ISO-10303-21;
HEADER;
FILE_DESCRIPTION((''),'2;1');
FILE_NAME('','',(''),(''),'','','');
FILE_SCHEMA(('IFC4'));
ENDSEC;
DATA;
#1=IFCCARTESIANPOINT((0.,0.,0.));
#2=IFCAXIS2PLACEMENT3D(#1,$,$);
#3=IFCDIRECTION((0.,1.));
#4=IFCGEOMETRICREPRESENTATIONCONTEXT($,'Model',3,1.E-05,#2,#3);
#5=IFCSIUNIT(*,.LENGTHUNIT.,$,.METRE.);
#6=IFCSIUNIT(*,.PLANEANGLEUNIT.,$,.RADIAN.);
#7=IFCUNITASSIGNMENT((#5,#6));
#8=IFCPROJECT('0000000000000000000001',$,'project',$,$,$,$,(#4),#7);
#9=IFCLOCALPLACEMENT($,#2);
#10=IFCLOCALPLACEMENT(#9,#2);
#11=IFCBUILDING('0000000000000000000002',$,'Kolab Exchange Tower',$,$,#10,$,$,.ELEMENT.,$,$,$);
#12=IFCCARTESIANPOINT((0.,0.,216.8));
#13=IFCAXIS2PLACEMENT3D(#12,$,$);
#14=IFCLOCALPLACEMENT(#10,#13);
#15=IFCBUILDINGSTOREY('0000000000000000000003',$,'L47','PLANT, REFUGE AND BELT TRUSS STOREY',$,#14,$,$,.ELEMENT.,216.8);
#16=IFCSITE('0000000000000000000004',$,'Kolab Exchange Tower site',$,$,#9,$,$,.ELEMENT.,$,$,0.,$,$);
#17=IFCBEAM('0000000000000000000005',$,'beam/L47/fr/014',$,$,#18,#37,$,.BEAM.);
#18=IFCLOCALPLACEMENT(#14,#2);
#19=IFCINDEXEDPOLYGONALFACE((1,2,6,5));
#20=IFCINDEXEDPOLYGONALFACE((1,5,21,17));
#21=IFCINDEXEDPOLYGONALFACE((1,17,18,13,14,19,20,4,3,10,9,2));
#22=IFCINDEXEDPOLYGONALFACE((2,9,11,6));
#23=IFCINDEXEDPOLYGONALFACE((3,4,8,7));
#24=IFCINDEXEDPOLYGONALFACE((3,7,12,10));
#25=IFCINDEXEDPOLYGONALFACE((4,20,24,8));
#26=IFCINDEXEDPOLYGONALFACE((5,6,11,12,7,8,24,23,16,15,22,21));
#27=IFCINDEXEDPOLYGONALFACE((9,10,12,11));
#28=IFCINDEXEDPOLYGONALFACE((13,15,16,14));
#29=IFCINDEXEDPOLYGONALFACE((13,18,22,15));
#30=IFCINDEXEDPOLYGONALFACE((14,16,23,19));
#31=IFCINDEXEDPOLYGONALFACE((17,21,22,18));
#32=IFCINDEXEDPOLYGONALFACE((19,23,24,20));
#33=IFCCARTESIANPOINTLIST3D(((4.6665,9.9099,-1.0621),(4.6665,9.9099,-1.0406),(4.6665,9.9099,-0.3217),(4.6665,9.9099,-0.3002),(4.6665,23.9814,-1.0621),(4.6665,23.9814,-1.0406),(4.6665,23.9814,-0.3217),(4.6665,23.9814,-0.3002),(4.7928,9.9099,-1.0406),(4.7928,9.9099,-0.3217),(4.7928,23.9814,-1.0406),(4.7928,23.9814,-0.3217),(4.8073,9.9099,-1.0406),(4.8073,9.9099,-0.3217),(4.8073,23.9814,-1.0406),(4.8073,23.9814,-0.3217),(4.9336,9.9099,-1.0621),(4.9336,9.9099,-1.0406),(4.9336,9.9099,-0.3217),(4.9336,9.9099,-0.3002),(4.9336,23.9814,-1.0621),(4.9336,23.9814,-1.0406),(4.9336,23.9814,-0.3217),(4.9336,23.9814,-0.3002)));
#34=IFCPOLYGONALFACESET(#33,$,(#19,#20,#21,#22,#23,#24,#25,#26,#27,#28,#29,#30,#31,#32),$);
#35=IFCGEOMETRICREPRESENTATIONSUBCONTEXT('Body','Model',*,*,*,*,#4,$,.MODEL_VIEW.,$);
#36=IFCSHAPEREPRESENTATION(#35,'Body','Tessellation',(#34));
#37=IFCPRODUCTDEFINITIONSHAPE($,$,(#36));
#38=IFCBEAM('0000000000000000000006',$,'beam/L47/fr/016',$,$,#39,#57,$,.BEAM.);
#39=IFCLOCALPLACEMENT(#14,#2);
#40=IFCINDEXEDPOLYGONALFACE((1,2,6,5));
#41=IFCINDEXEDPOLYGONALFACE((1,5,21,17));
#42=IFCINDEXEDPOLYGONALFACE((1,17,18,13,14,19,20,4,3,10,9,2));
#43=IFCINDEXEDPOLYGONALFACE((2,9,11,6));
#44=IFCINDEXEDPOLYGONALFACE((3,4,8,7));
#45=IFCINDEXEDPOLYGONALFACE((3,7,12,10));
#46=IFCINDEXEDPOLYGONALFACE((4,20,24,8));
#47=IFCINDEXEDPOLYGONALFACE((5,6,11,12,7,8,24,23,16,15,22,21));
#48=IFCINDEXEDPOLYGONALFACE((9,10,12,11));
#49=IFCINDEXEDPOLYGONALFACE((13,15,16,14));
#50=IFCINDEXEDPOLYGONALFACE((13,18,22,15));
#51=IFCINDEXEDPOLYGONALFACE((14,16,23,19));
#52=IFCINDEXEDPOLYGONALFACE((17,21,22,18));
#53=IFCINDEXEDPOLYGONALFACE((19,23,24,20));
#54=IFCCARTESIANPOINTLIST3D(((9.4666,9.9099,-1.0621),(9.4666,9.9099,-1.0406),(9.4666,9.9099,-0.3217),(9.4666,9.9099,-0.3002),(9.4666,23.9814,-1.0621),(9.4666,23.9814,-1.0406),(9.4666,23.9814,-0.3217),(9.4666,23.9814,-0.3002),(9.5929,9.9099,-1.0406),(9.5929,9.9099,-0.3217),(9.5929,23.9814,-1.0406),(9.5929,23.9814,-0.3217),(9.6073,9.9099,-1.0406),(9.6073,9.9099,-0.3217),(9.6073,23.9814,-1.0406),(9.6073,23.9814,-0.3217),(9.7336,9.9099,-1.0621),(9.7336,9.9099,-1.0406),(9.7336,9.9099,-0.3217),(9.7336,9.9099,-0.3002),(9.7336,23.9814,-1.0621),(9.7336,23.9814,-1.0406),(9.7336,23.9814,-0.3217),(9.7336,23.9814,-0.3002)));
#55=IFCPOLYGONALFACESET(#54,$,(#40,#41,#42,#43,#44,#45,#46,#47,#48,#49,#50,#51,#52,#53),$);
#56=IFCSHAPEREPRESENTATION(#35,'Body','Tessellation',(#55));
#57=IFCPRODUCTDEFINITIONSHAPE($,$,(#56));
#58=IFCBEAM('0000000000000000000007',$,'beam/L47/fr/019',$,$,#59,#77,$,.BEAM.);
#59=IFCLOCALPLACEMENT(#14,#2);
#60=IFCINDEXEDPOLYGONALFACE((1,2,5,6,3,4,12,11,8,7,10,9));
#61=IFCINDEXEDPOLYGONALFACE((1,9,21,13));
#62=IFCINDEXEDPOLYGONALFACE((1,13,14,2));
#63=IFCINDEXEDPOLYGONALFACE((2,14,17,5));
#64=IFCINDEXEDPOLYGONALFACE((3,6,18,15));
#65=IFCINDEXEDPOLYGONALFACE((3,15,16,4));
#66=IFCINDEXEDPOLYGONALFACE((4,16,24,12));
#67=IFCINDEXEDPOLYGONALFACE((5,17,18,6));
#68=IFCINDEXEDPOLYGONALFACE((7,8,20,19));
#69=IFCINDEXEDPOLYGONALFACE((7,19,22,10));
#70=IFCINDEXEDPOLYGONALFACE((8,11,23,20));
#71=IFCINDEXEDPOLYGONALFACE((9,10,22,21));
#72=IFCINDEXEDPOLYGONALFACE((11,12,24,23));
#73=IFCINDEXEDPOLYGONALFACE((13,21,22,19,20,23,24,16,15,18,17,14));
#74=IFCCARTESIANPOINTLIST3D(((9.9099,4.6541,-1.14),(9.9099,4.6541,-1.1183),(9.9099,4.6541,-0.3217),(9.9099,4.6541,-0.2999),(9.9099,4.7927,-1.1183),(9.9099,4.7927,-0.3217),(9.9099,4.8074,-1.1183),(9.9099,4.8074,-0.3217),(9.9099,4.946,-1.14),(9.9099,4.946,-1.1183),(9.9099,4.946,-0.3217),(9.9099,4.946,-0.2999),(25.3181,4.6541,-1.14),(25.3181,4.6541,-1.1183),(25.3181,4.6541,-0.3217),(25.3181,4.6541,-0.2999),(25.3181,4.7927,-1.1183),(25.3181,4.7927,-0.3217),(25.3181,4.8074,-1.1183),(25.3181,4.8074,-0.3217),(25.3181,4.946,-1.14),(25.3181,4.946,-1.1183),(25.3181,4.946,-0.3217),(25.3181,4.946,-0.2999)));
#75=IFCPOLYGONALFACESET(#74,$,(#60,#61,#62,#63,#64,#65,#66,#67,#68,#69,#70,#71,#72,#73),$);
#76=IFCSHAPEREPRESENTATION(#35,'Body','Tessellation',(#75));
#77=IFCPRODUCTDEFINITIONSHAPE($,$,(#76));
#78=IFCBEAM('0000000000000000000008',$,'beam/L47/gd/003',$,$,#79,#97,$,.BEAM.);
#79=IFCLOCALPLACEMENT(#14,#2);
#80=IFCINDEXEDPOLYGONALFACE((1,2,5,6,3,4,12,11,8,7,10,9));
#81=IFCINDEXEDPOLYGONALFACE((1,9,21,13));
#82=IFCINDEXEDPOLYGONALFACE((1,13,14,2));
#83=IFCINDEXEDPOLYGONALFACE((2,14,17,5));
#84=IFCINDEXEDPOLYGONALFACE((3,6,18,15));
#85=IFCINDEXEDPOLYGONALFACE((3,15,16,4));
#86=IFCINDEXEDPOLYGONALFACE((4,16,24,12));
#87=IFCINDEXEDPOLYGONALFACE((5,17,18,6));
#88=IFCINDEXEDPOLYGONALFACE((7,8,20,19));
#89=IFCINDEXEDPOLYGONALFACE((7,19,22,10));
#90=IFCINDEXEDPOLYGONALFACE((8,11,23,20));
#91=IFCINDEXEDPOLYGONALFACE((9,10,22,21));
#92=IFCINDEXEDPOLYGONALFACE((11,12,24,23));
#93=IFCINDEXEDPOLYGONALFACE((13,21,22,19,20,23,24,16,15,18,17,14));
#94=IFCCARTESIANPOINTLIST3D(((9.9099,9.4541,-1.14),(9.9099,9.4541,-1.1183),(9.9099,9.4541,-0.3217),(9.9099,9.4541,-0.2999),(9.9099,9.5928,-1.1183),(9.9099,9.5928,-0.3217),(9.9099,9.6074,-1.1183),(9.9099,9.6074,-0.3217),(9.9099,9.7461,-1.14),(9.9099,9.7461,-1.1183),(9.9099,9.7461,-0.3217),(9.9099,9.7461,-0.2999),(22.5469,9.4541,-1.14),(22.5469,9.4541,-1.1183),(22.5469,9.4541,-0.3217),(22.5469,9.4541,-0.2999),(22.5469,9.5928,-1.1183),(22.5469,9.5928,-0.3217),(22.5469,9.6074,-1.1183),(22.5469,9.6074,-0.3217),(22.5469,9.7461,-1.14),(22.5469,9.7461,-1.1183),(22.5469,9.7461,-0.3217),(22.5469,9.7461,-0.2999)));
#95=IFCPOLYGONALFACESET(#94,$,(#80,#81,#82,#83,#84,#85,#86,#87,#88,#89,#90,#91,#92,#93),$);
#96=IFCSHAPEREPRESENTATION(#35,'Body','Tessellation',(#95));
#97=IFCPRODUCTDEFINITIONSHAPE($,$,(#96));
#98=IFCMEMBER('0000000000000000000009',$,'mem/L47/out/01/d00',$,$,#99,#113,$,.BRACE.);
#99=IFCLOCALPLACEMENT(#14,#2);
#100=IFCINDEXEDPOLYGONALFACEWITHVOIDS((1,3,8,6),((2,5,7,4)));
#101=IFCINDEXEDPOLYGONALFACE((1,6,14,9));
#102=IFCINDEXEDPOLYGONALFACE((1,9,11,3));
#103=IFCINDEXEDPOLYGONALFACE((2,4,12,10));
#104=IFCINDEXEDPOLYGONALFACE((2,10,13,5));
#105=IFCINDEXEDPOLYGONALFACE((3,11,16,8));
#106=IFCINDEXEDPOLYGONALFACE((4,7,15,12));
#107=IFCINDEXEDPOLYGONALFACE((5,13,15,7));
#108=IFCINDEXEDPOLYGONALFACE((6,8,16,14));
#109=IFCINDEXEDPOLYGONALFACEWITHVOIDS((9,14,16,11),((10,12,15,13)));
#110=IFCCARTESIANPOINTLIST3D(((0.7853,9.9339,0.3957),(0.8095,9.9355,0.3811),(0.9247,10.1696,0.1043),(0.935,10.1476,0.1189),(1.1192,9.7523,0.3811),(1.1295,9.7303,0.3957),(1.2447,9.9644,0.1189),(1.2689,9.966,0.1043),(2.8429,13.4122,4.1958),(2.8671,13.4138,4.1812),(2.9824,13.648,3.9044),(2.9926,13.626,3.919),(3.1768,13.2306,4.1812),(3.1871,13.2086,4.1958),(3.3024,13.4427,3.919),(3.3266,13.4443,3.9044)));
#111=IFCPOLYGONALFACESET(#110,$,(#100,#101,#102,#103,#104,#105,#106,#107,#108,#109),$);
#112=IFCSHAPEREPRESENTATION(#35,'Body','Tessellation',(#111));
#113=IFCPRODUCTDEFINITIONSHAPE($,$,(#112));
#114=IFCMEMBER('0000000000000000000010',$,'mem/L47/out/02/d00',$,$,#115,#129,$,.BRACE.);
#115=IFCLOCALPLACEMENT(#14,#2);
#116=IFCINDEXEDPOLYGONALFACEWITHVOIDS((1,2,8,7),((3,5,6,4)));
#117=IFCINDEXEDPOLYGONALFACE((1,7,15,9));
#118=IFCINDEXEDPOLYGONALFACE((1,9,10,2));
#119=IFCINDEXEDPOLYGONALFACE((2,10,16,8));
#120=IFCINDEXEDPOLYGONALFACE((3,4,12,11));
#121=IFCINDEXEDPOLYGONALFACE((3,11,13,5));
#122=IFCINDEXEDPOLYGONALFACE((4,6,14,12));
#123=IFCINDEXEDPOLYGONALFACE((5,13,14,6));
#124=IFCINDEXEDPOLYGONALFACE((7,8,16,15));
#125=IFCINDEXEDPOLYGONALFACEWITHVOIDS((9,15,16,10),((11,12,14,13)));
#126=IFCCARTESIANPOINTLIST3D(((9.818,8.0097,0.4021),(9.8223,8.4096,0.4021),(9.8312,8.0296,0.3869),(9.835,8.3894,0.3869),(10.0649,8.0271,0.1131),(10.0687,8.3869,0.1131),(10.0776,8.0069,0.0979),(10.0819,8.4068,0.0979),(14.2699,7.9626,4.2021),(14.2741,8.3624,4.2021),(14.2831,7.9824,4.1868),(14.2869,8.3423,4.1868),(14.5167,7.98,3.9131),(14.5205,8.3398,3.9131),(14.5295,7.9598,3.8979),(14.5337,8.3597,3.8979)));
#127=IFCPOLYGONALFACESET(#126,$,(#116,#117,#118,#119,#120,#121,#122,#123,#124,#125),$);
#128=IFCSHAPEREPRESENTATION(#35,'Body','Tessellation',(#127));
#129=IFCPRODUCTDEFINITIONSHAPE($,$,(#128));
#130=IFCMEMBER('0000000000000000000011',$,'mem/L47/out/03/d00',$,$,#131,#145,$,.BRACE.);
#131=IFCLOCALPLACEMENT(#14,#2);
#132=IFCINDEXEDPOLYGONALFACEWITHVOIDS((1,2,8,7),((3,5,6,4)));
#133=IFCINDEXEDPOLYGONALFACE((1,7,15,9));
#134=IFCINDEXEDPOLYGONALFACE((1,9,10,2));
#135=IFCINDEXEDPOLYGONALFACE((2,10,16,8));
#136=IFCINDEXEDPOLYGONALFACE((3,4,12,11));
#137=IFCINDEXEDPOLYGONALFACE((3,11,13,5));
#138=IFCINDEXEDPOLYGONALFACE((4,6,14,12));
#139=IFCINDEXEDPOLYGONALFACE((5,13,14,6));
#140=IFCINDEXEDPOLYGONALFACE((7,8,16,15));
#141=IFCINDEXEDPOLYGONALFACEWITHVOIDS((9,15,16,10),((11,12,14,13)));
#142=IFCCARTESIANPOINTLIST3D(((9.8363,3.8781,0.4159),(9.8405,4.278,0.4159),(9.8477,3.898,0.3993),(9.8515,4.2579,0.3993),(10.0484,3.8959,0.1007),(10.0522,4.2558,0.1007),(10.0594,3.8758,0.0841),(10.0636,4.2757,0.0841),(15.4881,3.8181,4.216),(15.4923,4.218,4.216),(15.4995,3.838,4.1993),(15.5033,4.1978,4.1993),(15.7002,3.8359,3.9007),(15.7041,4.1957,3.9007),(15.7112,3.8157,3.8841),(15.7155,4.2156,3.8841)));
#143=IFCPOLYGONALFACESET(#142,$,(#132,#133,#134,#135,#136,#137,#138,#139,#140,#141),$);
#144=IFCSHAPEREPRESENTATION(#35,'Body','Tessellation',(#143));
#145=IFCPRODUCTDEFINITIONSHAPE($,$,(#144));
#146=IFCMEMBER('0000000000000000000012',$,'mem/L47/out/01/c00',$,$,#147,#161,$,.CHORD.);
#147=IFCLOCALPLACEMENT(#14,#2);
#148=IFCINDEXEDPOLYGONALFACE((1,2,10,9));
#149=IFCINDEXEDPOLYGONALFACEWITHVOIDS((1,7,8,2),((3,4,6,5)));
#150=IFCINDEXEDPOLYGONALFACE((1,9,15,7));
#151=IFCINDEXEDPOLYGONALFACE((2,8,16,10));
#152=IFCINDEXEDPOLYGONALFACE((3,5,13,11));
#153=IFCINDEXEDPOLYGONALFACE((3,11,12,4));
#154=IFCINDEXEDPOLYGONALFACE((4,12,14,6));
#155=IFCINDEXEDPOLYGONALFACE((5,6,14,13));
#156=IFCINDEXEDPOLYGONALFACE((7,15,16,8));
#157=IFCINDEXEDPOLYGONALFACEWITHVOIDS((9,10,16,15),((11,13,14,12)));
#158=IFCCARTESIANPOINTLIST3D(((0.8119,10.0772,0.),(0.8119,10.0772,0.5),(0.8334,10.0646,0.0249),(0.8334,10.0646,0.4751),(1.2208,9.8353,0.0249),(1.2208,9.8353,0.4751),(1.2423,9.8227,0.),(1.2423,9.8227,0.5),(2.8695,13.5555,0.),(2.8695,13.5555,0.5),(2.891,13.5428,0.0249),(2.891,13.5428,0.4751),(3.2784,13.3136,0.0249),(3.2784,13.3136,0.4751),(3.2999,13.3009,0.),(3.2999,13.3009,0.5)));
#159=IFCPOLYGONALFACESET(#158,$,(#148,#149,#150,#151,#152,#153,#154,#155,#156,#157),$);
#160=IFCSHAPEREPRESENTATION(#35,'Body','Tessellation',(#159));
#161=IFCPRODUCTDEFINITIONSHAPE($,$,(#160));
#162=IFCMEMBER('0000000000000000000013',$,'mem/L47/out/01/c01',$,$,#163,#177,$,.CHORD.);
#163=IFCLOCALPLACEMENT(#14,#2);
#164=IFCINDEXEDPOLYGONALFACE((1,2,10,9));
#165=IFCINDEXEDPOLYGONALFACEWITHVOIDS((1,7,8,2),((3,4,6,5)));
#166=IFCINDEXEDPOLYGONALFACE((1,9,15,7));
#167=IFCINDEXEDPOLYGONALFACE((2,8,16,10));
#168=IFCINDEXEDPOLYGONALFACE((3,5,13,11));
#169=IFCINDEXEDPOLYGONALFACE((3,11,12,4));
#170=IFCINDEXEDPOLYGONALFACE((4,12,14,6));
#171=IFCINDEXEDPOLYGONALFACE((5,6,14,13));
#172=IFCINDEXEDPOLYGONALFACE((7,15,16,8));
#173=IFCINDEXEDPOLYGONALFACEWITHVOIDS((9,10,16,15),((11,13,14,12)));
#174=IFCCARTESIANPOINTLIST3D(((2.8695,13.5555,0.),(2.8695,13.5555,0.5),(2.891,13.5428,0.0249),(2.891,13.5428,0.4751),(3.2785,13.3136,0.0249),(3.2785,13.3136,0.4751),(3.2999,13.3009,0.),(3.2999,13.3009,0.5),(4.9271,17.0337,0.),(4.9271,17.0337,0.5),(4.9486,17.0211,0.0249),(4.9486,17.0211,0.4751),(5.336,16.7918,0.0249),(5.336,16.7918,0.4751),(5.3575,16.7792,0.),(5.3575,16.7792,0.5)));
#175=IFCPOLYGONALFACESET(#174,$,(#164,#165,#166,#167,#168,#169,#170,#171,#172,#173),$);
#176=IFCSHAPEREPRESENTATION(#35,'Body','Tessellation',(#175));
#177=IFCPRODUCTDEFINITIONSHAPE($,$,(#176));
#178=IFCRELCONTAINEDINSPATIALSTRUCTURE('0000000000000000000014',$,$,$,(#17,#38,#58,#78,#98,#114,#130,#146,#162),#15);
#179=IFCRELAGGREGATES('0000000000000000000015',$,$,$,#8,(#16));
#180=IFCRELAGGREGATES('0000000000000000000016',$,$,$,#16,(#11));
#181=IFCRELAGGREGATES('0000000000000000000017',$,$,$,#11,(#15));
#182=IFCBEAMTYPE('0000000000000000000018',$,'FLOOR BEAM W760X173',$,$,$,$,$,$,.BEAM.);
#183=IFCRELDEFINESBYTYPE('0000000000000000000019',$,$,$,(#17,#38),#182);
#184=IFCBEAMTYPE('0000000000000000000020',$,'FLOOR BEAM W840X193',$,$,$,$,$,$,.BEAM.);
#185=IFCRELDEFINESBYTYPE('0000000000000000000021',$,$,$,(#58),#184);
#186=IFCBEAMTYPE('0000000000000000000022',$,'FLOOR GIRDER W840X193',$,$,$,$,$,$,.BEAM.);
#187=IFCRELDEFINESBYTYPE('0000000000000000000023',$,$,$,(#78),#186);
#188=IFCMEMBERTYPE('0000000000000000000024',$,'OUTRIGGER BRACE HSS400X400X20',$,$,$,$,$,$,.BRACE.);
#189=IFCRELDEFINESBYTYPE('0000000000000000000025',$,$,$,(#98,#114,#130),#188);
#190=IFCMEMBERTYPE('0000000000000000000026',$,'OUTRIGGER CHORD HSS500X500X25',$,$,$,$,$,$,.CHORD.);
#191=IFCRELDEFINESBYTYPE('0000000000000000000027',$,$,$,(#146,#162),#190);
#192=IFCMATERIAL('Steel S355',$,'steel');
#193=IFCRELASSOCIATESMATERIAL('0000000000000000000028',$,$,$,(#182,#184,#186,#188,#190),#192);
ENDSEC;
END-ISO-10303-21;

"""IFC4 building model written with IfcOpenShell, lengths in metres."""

from ifc_helpers import new_model, si_unit, direction, frame, origin, origin_2d, place, context, subcontext, project, spatial, hollow_rectangle, i_section, extrude, material, material_profile, profile_set, type_object, element, save


model = new_model("IFC4")

# Units and contexts
model_context = context("Model", 3, precision=1e-05, world=origin(), true_north=direction((0.0, 1.0)))
body_context = subcontext(model_context, "Body", "Model", "MODEL_VIEW")
ifc_project = project(units=[si_unit("LENGTHUNIT", "METRE"), si_unit("PLANEANGLEUNIT", "RADIAN")], contexts=[model_context])

# Site, building, storey
site_placement = place(None, origin())
site = spatial("IfcSite", under=ifc_project, at=site_placement, Name="Kolab Exchange Tower site", CompositionType="ELEMENT", RefElevation=0.0)
building_placement = place(site_placement, origin())
building = spatial("IfcBuilding", under=site, at=building_placement, Name="Kolab Exchange Tower", CompositionType="ELEMENT")
storey_placement = place(building_placement, frame((0.0, 0.0, 216.8)))
storey = spatial("IfcBuildingStorey", under=building, at=storey_placement, Name="L47", Description="PLANT, REFUGE AND BELT TRUSS STOREY", CompositionType="ELEMENT", Elevation=216.8)

# Beams
ifc_material_1 = material(Name="Steel S355", Category="steel")
ifc_material_profile_1 = material_profile(ifc_material_1, i_section(OverallWidth=0.2671, OverallDepth=0.762, WebThickness=0.0144, FlangeThickness=0.0215, at=origin_2d()), Name="W760X173")
ifc_profile_set_1 = profile_set([ifc_material_profile_1], Name="Steel S355")
beam_type_1 = type_object("IfcBeamType", Name="FLOOR BEAM W760X173", PredefinedType="BEAM", material=ifc_profile_set_1)
for number, where, z_axis, x_axis, name in (
    (1, (4.8, 9.9099, -0.6812), (0.0, 1.0, 0.0), (-1.0, 0.0, 0.0), "beam/L47/fr/014"),
    (2, (9.6001, 9.9099, -0.6812), (0.0, 1.0, 0.0), (-1.0, 0.0, 0.0), "beam/L47/fr/016"),
):
    element("IfcBeam", number, at=place(storey_placement, frame(where, z_axis=z_axis, x_axis=x_axis)), inside=storey, type_object=beam_type_1, Name=name, PredefinedType="BEAM", context=body_context, shape_type="SweptSolid", body=[
        extrude(i_section(OverallWidth=0.2671, OverallDepth=0.762, WebThickness=0.0144, FlangeThickness=0.0215, at=origin_2d()), origin(), (0.0, 0.0, 1.0), 14.0715),
    ])
ifc_material_profile_2 = material_profile(ifc_material_1, i_section(OverallWidth=0.292, OverallDepth=0.8401, WebThickness=0.0146, FlangeThickness=0.0217, at=origin_2d()), Name="W840X193")
ifc_profile_set_2 = profile_set([ifc_material_profile_2], Name="Steel S355")
beam_type_2 = type_object("IfcBeamType", Name="FLOOR BEAM W840X193", PredefinedType="BEAM", material=ifc_profile_set_2)
beam_1_placement = place(storey_placement, frame((9.9099, 4.8, -0.72), z_axis=(1.0, 0.0, 0.0), x_axis=(0.0, 1.0, 0.0)))
element("IfcBeam", 3, at=beam_1_placement, inside=storey, type_object=beam_type_2, Name="beam/L47/fr/019", PredefinedType="BEAM", context=body_context, shape_type="SweptSolid", body=[
    extrude(i_section(OverallWidth=0.292, OverallDepth=0.8401, WebThickness=0.0146, FlangeThickness=0.0217, at=origin_2d()), origin(), (0.0, 0.0, 1.0), 15.4082),
])
ifc_material_profile_3 = material_profile(ifc_material_1, i_section(OverallWidth=0.292, OverallDepth=0.8401, WebThickness=0.0146, FlangeThickness=0.0217, at=origin_2d()), Name="W840X193")
ifc_profile_set_3 = profile_set([ifc_material_profile_3], Name="Steel S355")
beam_type_3 = type_object("IfcBeamType", Name="FLOOR GIRDER W840X193", PredefinedType="BEAM", material=ifc_profile_set_3)
beam_2_placement = place(storey_placement, frame((9.9099, 9.6001, -0.72), z_axis=(1.0, 0.0, 0.0), x_axis=(0.0, 1.0, 0.0)))
element("IfcBeam", 4, at=beam_2_placement, inside=storey, type_object=beam_type_3, Name="beam/L47/gd/003", PredefinedType="BEAM", context=body_context, shape_type="SweptSolid", body=[
    extrude(i_section(OverallWidth=0.292, OverallDepth=0.8401, WebThickness=0.0146, FlangeThickness=0.0217, at=origin_2d()), origin(), (0.0, 0.0, 1.0), 12.637),
])

# Members
ifc_material_profile_4 = material_profile(ifc_material_1, hollow_rectangle(XDim=0.3999, YDim=0.3999, WallThickness=0.02, at=origin_2d()), Name="HSS400X400X20")
ifc_profile_set_4 = profile_set([ifc_material_profile_4], Name="Steel S355")
member_type_1 = type_object("IfcMemberType", Name="OUTRIGGER BRACE HSS400X400X20", PredefinedType="BRACE", material=ifc_profile_set_4)
member_1_placement = place(storey_placement, frame((1.0271, 9.95, 0.25), z_axis=(0.370922, 0.627021, 0.685027), x_axis=(-0.86068, 0.509146, 0.0)))
element("IfcMember", 5, at=member_1_placement, inside=storey, type_object=member_type_1, Name="mem/L47/out/01/d00", PredefinedType="BRACE", context=body_context, shape_type="SweptSolid", body=[
    extrude(hollow_rectangle(XDim=0.3999, YDim=0.3999, WallThickness=0.02, at=origin_2d()), origin(), (0.0, 0.0, 1.0), 5.5474),
])
member_2_placement = place(storey_placement, frame((9.95, 8.2083, 0.25), z_axis=(0.76057, -0.00805, 0.649206), x_axis=(0.010583, 0.999944, 0.0)))
element("IfcMember", 6, at=member_2_placement, inside=storey, type_object=member_type_1, Name="mem/L47/out/02/d00", PredefinedType="BRACE", context=body_context, shape_type="SweptSolid", body=[
    extrude(hollow_rectangle(XDim=0.3999, YDim=0.3999, WallThickness=0.02, at=origin_2d()), origin(), (0.0, 0.0, 1.0), 5.8533),
])
member_3_placement = place(storey_placement, frame((9.95, 4.0769, 0.25), z_axis=(0.829833, -0.008818, 0.557942), x_axis=(0.010626, 0.999944, 0.0)))
element("IfcMember", 7, at=member_3_placement, inside=storey, type_object=member_type_1, Name="mem/L47/out/03/d00", PredefinedType="BRACE", context=body_context, shape_type="SweptSolid", body=[
    extrude(hollow_rectangle(XDim=0.3999, YDim=0.3999, WallThickness=0.02, at=origin_2d()), origin(), (0.0, 0.0, 1.0), 6.8108),
])
ifc_material_profile_5 = material_profile(ifc_material_1, hollow_rectangle(XDim=0.5, YDim=0.5, WallThickness=0.0249, at=origin_2d()), Name="HSS500X500X25")
ifc_profile_set_5 = profile_set([ifc_material_profile_5], Name="Steel S355")
member_type_2 = type_object("IfcMemberType", Name="OUTRIGGER CHORD HSS500X500X25", PredefinedType="CHORD", material=ifc_profile_set_5)
for number, where, z_axis, x_axis, name in (
    (8, (1.0271, 9.95, 0.25), (0.509146, 0.86068, 0.0), (-0.86068, 0.509146, 0.0), "mem/L47/out/01/c00"),
    (9, (3.0847, 13.4282, 0.25), (0.509146, 0.86068, 0.0), (-0.86068, 0.509146, 0.0), "mem/L47/out/01/c01"),
):
    element("IfcMember", number, at=place(storey_placement, frame(where, z_axis=z_axis, x_axis=x_axis)), inside=storey, type_object=member_type_2, Name=name, PredefinedType="CHORD", context=body_context, shape_type="SweptSolid", body=[
        extrude(hollow_rectangle(XDim=0.5, YDim=0.5, WallThickness=0.0249, at=origin_2d()), origin(), (0.0, 0.0, 1.0), 4.0413),
    ])

save(model, "model.ifc")
